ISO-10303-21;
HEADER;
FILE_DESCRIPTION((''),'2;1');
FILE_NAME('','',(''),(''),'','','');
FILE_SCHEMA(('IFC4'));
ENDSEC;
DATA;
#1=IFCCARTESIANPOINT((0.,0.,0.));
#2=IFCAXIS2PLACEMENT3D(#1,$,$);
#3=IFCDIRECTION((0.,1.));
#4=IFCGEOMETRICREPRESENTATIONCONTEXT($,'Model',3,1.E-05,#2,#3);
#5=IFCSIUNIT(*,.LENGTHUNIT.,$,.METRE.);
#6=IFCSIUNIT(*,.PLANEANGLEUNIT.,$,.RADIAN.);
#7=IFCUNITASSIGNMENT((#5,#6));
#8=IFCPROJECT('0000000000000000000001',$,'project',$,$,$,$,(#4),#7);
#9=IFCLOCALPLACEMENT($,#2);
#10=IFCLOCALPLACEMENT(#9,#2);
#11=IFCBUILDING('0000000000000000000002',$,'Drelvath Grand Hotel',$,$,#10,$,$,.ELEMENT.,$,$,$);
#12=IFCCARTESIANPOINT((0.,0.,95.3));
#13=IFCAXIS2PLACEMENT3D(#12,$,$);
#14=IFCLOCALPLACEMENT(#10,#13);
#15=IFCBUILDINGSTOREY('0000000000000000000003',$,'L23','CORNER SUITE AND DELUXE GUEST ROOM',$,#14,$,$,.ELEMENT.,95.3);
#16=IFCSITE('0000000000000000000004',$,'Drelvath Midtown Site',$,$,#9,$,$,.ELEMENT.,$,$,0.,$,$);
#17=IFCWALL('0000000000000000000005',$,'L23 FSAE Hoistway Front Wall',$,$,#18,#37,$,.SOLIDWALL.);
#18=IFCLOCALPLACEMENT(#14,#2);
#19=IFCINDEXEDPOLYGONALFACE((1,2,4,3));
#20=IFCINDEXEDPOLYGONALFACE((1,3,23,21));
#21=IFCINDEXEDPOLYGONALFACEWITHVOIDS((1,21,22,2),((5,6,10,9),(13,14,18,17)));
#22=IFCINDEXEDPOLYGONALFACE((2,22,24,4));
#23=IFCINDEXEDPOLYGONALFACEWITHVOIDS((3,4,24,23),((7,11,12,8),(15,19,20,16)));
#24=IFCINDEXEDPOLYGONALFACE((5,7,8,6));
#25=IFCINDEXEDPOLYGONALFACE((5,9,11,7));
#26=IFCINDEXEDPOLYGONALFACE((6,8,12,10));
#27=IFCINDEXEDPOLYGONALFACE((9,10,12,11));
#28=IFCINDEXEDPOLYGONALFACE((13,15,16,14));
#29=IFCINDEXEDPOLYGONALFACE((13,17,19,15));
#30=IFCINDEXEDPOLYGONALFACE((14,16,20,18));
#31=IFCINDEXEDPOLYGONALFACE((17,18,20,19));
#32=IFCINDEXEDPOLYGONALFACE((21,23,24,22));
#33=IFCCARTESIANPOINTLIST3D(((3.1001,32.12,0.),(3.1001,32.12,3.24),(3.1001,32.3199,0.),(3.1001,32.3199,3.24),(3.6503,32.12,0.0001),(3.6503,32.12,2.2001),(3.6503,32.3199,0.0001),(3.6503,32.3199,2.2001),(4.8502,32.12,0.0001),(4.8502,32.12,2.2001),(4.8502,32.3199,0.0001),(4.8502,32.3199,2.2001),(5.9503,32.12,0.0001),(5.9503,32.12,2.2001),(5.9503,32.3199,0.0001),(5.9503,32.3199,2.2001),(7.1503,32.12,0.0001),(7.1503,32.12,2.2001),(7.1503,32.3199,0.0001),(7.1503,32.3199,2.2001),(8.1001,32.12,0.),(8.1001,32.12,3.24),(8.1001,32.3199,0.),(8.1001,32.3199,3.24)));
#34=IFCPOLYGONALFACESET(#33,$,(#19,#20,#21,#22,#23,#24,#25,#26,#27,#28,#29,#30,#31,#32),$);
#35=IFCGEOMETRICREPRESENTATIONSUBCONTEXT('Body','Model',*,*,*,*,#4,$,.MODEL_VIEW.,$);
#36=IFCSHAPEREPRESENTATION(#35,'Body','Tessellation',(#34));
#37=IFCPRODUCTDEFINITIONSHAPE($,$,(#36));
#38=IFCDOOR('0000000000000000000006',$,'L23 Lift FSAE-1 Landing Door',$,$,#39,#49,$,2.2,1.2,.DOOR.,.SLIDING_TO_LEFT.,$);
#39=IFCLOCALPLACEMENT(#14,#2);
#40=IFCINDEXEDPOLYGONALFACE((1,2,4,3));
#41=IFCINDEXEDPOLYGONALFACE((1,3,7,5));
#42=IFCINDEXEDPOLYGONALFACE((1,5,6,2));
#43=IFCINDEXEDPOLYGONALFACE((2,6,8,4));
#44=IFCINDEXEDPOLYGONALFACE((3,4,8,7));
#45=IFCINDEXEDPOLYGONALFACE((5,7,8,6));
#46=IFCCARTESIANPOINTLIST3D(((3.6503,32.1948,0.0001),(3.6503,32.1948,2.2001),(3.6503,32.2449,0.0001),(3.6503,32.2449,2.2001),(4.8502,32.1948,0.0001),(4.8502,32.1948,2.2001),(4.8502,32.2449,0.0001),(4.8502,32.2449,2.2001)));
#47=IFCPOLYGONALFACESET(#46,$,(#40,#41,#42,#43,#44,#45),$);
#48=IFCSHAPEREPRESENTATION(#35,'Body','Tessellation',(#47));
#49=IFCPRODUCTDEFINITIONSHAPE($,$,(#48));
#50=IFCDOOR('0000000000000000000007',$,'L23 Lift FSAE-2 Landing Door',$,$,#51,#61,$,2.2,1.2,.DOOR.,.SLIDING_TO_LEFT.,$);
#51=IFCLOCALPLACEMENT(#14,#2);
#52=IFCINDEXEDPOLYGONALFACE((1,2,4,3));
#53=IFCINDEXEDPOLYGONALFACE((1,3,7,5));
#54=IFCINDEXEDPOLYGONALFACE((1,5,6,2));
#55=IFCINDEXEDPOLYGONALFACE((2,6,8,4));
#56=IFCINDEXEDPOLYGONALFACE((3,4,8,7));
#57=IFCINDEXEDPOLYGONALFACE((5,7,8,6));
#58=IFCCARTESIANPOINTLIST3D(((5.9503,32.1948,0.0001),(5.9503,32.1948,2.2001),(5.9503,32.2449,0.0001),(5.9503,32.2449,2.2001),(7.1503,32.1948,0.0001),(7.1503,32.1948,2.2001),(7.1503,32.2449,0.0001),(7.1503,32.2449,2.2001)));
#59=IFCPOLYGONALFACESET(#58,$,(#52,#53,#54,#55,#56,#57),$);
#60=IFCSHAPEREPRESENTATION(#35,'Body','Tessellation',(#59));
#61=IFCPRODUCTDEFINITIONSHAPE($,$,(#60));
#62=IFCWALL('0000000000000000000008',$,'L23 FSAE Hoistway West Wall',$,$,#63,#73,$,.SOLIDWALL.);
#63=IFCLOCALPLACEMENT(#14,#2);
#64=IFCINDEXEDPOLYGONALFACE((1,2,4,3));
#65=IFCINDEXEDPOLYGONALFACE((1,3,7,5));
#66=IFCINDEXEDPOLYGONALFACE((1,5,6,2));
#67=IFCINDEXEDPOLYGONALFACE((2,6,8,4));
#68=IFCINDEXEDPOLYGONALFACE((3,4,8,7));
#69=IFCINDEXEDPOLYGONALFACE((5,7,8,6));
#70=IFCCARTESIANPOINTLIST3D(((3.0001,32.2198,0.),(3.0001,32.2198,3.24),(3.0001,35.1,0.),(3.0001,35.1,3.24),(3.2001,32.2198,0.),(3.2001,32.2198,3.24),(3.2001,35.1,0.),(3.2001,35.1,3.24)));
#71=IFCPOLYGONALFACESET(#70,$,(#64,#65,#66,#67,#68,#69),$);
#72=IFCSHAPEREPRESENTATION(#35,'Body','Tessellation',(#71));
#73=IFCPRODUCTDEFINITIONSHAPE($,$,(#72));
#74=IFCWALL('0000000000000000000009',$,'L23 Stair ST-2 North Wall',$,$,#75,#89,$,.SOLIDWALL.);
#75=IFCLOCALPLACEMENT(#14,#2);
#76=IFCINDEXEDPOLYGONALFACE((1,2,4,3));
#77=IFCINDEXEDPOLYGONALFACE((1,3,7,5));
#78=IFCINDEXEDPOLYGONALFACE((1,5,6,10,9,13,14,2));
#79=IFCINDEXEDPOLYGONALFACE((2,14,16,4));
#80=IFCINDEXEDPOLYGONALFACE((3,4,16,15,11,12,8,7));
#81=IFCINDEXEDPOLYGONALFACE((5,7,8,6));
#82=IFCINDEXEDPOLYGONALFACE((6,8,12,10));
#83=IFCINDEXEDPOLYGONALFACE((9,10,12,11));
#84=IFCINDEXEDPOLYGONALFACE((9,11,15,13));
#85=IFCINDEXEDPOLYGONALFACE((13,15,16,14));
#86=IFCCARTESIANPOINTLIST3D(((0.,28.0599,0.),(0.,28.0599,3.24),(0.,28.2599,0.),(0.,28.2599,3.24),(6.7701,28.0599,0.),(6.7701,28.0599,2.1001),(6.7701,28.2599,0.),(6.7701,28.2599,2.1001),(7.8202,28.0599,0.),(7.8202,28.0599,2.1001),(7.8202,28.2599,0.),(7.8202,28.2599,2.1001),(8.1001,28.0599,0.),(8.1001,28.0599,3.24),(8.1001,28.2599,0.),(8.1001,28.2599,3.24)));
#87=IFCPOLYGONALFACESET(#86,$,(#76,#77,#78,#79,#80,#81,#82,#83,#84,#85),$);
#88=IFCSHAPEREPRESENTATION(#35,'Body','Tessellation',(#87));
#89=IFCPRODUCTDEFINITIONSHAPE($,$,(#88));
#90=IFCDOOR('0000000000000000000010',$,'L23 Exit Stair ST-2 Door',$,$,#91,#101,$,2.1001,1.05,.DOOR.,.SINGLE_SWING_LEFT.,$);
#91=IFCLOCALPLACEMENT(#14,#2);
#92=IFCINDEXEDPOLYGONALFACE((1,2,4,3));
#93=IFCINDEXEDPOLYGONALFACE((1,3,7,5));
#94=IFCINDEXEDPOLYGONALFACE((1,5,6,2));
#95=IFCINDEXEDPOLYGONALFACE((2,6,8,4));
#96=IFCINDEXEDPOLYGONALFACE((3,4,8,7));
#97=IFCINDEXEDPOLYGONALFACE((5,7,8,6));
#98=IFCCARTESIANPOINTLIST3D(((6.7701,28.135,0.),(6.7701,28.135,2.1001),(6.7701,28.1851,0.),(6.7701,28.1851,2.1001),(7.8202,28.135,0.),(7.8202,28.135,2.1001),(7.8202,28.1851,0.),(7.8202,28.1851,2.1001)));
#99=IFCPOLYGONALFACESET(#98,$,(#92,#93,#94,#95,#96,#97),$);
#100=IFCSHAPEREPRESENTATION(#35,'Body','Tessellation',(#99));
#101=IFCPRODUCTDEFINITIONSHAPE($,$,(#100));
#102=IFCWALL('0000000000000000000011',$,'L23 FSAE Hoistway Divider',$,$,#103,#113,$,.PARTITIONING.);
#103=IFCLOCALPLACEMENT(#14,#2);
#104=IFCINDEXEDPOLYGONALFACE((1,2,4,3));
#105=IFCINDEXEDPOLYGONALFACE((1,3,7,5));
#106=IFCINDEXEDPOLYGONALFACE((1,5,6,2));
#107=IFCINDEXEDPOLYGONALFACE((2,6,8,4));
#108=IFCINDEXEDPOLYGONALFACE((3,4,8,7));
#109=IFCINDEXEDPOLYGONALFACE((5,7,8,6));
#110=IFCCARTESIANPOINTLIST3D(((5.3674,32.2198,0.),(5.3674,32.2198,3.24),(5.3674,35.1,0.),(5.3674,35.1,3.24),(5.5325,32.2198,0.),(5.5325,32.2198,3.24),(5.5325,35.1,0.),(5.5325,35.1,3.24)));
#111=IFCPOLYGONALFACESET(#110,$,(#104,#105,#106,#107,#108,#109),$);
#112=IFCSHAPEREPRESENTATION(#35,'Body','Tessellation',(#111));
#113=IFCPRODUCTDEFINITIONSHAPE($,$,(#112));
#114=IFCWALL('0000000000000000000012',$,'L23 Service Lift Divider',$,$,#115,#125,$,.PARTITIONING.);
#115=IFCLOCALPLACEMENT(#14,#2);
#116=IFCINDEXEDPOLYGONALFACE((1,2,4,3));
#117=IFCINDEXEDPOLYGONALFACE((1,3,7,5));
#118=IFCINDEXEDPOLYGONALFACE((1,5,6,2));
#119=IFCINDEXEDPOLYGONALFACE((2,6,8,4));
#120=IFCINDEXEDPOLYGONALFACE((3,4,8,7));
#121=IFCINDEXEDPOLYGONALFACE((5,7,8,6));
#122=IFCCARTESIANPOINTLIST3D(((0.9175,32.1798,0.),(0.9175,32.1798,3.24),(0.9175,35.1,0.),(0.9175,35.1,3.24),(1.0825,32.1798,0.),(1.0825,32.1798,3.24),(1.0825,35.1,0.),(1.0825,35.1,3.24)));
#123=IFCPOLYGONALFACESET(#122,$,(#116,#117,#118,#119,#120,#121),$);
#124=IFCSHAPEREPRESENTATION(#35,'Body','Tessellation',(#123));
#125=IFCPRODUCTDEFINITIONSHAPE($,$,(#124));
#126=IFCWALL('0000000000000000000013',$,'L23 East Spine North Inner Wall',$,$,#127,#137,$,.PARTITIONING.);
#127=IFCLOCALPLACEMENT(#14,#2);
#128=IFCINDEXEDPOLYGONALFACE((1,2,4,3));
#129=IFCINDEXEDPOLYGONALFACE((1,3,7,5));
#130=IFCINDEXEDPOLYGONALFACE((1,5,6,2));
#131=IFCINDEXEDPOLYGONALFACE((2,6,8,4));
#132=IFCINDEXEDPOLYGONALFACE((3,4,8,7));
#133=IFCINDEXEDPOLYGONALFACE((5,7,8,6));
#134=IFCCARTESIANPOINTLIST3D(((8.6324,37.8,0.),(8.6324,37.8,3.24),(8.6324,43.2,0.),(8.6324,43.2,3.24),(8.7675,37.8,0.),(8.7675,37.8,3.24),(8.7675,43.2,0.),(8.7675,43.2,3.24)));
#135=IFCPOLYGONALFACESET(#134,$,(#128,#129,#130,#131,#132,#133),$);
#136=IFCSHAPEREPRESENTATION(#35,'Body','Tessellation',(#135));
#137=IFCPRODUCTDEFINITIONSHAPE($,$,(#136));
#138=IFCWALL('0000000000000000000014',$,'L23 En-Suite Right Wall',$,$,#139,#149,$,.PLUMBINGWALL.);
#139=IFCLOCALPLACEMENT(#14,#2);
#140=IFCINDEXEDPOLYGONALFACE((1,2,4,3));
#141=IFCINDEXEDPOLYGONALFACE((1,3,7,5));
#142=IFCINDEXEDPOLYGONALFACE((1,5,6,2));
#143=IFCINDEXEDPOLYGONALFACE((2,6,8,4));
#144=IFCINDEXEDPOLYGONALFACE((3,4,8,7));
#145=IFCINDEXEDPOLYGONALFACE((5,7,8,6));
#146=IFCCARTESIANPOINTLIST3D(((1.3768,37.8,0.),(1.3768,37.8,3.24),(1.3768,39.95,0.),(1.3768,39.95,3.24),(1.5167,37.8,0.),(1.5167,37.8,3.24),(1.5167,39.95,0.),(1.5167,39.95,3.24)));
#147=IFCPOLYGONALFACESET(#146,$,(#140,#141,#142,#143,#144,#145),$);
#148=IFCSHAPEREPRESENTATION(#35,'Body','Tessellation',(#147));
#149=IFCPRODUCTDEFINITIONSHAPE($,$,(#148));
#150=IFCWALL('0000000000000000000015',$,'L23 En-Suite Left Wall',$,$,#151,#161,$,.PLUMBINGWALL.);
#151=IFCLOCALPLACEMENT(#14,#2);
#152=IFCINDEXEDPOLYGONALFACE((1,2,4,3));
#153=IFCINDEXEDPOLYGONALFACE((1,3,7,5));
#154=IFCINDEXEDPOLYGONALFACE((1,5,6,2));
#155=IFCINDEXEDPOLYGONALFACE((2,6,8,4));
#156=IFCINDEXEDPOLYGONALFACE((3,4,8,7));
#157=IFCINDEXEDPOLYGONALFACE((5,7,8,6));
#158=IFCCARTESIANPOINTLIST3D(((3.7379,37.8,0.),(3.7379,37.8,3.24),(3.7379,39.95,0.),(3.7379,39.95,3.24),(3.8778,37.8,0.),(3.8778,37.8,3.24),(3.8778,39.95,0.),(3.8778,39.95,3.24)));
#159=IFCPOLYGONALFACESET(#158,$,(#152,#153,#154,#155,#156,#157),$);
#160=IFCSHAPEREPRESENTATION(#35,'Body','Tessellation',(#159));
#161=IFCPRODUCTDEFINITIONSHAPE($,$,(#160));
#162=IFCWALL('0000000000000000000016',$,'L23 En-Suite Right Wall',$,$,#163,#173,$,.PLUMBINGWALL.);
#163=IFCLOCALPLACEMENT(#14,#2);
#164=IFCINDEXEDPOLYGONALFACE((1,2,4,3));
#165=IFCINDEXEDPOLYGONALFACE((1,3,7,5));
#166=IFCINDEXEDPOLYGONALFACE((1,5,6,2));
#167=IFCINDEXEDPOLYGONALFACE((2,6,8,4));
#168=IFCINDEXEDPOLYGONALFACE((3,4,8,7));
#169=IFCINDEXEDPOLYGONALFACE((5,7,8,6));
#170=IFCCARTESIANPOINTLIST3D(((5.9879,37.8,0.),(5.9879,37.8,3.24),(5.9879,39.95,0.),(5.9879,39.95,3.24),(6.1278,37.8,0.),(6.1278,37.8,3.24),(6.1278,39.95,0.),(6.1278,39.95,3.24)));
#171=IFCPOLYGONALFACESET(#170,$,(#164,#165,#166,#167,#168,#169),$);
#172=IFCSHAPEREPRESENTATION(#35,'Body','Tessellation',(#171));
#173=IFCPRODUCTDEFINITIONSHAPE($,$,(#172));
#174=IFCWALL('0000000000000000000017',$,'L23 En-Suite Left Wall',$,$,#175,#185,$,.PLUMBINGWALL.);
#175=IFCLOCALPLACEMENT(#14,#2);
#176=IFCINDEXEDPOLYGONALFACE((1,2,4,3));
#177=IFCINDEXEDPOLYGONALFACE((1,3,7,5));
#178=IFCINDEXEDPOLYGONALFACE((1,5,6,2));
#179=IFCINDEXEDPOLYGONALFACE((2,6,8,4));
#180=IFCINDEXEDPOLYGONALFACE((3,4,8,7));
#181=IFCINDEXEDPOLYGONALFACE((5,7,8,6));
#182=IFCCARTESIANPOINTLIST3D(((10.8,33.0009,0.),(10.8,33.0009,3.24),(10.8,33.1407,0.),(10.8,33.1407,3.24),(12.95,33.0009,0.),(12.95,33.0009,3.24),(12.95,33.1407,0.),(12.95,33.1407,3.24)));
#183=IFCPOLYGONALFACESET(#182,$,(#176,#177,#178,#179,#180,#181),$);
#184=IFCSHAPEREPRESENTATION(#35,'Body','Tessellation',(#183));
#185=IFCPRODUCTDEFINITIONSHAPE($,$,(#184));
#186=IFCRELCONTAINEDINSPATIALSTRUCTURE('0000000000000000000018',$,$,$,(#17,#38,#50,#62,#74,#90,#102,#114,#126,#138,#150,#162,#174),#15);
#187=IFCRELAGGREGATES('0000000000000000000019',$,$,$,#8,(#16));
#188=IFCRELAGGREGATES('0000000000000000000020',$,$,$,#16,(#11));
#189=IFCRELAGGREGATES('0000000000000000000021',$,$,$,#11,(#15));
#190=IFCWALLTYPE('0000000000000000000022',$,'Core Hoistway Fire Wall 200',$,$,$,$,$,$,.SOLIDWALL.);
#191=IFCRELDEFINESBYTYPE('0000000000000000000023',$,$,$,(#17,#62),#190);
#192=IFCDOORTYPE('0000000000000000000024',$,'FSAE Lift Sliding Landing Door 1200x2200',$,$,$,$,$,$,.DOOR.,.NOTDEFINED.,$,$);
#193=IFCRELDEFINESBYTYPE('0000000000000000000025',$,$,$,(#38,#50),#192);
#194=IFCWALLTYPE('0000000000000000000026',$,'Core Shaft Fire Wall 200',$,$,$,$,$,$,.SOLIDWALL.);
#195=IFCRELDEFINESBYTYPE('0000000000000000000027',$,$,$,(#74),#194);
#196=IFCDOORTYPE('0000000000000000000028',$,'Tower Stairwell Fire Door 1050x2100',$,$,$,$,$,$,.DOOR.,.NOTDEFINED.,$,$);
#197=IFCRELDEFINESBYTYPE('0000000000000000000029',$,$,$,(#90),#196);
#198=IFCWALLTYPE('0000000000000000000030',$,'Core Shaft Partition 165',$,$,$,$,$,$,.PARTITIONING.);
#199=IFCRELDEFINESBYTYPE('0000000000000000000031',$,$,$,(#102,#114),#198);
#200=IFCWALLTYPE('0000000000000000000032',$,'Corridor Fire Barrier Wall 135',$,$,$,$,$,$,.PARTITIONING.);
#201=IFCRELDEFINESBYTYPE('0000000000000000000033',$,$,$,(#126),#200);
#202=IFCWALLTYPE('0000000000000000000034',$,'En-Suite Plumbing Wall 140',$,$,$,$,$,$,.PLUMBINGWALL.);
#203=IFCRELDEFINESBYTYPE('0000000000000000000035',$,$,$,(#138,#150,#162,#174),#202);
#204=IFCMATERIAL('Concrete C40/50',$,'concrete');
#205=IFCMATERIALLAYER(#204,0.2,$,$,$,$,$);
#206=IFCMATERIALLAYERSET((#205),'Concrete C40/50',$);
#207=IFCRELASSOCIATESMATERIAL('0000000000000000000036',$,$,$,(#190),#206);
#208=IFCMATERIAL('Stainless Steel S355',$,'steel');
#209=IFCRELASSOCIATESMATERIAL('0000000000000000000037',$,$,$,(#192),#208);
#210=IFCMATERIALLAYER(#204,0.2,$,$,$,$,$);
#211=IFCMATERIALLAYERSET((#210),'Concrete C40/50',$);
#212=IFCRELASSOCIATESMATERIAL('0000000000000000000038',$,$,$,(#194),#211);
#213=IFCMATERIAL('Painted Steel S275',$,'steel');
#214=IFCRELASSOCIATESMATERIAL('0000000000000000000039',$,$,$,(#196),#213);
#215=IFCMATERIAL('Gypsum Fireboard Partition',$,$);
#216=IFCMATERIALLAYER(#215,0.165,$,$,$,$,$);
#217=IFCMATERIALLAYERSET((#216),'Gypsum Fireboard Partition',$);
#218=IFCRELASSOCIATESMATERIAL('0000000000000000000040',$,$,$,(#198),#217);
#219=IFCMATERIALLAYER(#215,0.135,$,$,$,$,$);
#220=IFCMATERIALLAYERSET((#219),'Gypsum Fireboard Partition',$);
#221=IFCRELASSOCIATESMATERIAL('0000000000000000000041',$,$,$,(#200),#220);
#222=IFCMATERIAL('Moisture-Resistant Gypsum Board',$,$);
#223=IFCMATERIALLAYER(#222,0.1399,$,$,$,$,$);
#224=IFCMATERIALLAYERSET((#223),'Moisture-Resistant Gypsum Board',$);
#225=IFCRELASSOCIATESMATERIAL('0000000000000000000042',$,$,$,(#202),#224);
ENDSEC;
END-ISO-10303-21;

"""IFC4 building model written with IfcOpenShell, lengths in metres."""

from ifc_helpers import new_model, si_unit, direction, frame, frame_2d, origin, place, context, subcontext, project, spatial, rectangle, extrude, material, layer, layer_set, type_object, element, fill, save


model = new_model("IFC4")

# Units and contexts
model_context = context("Model", 3, precision=1e-05, world=origin(), true_north=direction((0.0, 1.0)))
body_context = subcontext(model_context, "Body", "Model", "MODEL_VIEW")
ifc_project = project(units=[si_unit("LENGTHUNIT", "METRE"), si_unit("PLANEANGLEUNIT", "RADIAN")], contexts=[model_context])

# Site, building, storey
site_placement = place(None, origin())
site = spatial("IfcSite", under=ifc_project, at=site_placement, Name="Drelvath Midtown Site", CompositionType="ELEMENT", RefElevation=0.0)
building_placement = place(site_placement, origin())
building = spatial("IfcBuilding", under=site, at=building_placement, Name="Drelvath Grand Hotel", CompositionType="ELEMENT")
storey_placement = place(building_placement, frame((0.0, 0.0, 95.3)))
storey = spatial("IfcBuildingStorey", under=building, at=storey_placement, Name="L23", Description="CORNER SUITE AND DELUXE GUEST ROOM", CompositionType="ELEMENT", Elevation=95.3)

# Wall, openings, doors
ifc_material_1 = material(Name="Concrete C40/50", Category="concrete")
ifc_layer_1 = layer(ifc_material_1, 0.2)
ifc_layer_set_1 = layer_set([ifc_layer_1], Name="Concrete C40/50")
wall_type_1 = type_object("IfcWallType", Name="Core Hoistway Fire Wall 200", PredefinedType="SOLIDWALL", material=ifc_layer_set_1)
wall_1_placement = place(storey_placement, frame((3.1001, 32.22, 0.0), z_axis=(0.0, 0.0, 1.0), x_axis=(1.0, 0.0, 0.0)))
wall_1 = element("IfcWall", 1, at=wall_1_placement, inside=storey, type_object=wall_type_1, Name="L23 FSAE Hoistway Front Wall", PredefinedType="SOLIDWALL", context=body_context, shape_type="SweptSolid", body=[
    extrude(rectangle(XDim=5.0, YDim=0.2, at=frame_2d((2.5, 0.0))), origin(), (0.0, 0.0, 1.0), 3.24),
])
opening_1_placement = place(wall_1_placement, frame((0.55, 0.0, 0.0)))
opening_1 = element("IfcOpeningElement", 2, at=opening_1_placement, cuts=wall_1, PredefinedType="OPENING", context=body_context, shape_type="SweptSolid", body=[
    extrude(rectangle(XDim=1.2, YDim=2.2, at=frame_2d((0.6001, 1.1001))), frame((0.0, 0.1099, 0.0), z_axis=(0.0, -1.0, 0.0), x_axis=(1.0, 0.0, 0.0)), (0.0, 0.0, 1.0), 0.22),
])
opening_2_placement = place(wall_1_placement, frame((2.8501, 0.0, 0.0)))
opening_2 = element("IfcOpeningElement", 3, at=opening_2_placement, cuts=wall_1, PredefinedType="OPENING", context=body_context, shape_type="SweptSolid", body=[
    extrude(rectangle(XDim=1.2, YDim=2.2, at=frame_2d((0.6001, 1.1001))), frame((0.0, 0.1099, 0.0), z_axis=(0.0, -1.0, 0.0), x_axis=(1.0, 0.0, 0.0)), (0.0, 0.0, 1.0), 0.22),
])
ifc_material_2 = material(Name="Stainless Steel S355", Category="steel")
door_type_1 = type_object("IfcDoorType", Name="FSAE Lift Sliding Landing Door 1200x2200", OperationType="NOTDEFINED", PredefinedType="DOOR", material=ifc_material_2)
door_1_placement = place(opening_1_placement, origin())
door_1 = element("IfcDoor", 4, at=door_1_placement, inside=storey, type_object=door_type_1, Name="L23 Lift FSAE-1 Landing Door", OperationType="SLIDING_TO_LEFT", OverallHeight=2.2, OverallWidth=1.2, PredefinedType="DOOR", context=body_context, shape_type="SweptSolid", body=[
    extrude(rectangle(XDim=1.2, YDim=2.2, at=frame_2d((0.6001, 1.1001))), frame((0.0, 0.0249, 0.0), z_axis=(0.0, -1.0, 0.0), x_axis=(1.0, 0.0, 0.0)), (0.0, 0.0, 1.0), 0.05),
])
fill(opening_1, door_1)
door_2_placement = place(opening_2_placement, origin())
door_2 = element("IfcDoor", 5, at=door_2_placement, inside=storey, type_object=door_type_1, Name="L23 Lift FSAE-2 Landing Door", OperationType="SLIDING_TO_LEFT", OverallHeight=2.2, OverallWidth=1.2, PredefinedType="DOOR", context=body_context, shape_type="SweptSolid", body=[
    extrude(rectangle(XDim=1.2, YDim=2.2, at=frame_2d((0.6001, 1.1001))), frame((0.0, 0.0249, 0.0), z_axis=(0.0, -1.0, 0.0), x_axis=(1.0, 0.0, 0.0)), (0.0, 0.0, 1.0), 0.05),
])
fill(opening_2, door_2)

# Wall
wall_2_placement = place(storey_placement, frame((3.1001, 32.22, 0.0), z_axis=(0.0, 0.0, 1.0), x_axis=(0.0, 1.0, 0.0)))
element("IfcWall", 6, at=wall_2_placement, inside=storey, type_object=wall_type_1, Name="L23 FSAE Hoistway West Wall", PredefinedType="SOLIDWALL", context=body_context, shape_type="SweptSolid", body=[
    extrude(rectangle(XDim=2.8801, YDim=0.2, at=frame_2d((1.4399, 0.0))), origin(), (0.0, 0.0, 1.0), 3.24),
])

# Wall, opening, door
ifc_layer_2 = layer(ifc_material_1, 0.2)
ifc_layer_set_2 = layer_set([ifc_layer_2], Name="Concrete C40/50")
wall_type_2 = type_object("IfcWallType", Name="Core Shaft Fire Wall 200", PredefinedType="SOLIDWALL", material=ifc_layer_set_2)
wall_3_placement = place(storey_placement, frame((8.1001, 28.1599, 0.0), z_axis=(0.0, 0.0, 1.0), x_axis=(-1.0, 0.0, 0.0)))
wall_3 = element("IfcWall", 7, at=wall_3_placement, inside=storey, type_object=wall_type_2, Name="L23 Stair ST-2 North Wall", PredefinedType="SOLIDWALL", context=body_context, shape_type="SweptSolid", body=[
    extrude(rectangle(XDim=8.1001, YDim=0.2, at=frame_2d((4.05, 0.0))), origin(), (0.0, 0.0, 1.0), 3.24),
])
opening_3_placement = place(wall_3_placement, frame((0.28, 0.0, 0.0)))
opening_3 = element("IfcOpeningElement", 8, at=opening_3_placement, cuts=wall_3, PredefinedType="OPENING", context=body_context, shape_type="SweptSolid", body=[
    extrude(rectangle(XDim=1.05, YDim=2.1001, at=frame_2d((0.5249, 1.05))), frame((0.0, 0.1099, 0.0), z_axis=(0.0, -1.0, 0.0), x_axis=(1.0, 0.0, 0.0)), (0.0, 0.0, 1.0), 0.22),
])
ifc_material_3 = material(Name="Painted Steel S275", Category="steel")
door_type_2 = type_object("IfcDoorType", Name="Tower Stairwell Fire Door 1050x2100", OperationType="NOTDEFINED", PredefinedType="DOOR", material=ifc_material_3)
door_3_placement = place(opening_3_placement, origin())
door_3 = element("IfcDoor", 9, at=door_3_placement, inside=storey, type_object=door_type_2, Name="L23 Exit Stair ST-2 Door", OperationType="SINGLE_SWING_LEFT", OverallHeight=2.1001, OverallWidth=1.05, PredefinedType="DOOR", context=body_context, shape_type="SweptSolid", body=[
    extrude(rectangle(XDim=1.05, YDim=2.1001, at=frame_2d((0.5249, 1.05))), frame((0.0, 0.0249, 0.0), z_axis=(0.0, -1.0, 0.0), x_axis=(1.0, 0.0, 0.0)), (0.0, 0.0, 1.0), 0.05),
])
fill(opening_3, door_3)

# Walls
ifc_material_4 = material(Name="Gypsum Fireboard Partition")
ifc_layer_3 = layer(ifc_material_4, 0.165)
ifc_layer_set_3 = layer_set([ifc_layer_3], Name="Gypsum Fireboard Partition")
wall_type_3 = type_object("IfcWallType", Name="Core Shaft Partition 165", PredefinedType="PARTITIONING", material=ifc_layer_set_3)
wall_4_placement = place(storey_placement, frame((5.45, 32.22, 0.0), z_axis=(0.0, 0.0, 1.0), x_axis=(0.0, 1.0, 0.0)))
element("IfcWall", 10, at=wall_4_placement, inside=storey, type_object=wall_type_3, Name="L23 FSAE Hoistway Divider", PredefinedType="PARTITIONING", context=body_context, shape_type="SweptSolid", body=[
    extrude(rectangle(XDim=2.8801, YDim=0.165, at=frame_2d((1.4399, 0.0))), origin(), (0.0, 0.0, 1.0), 3.24),
])
wall_5_placement = place(storey_placement, frame((1.0, 32.1799, 0.0), z_axis=(0.0, 0.0, 1.0), x_axis=(0.0, 1.0, 0.0)))
element("IfcWall", 11, at=wall_5_placement, inside=storey, type_object=wall_type_3, Name="L23 Service Lift Divider", PredefinedType="PARTITIONING", context=body_context, shape_type="SweptSolid", body=[
    extrude(rectangle(XDim=2.9202, YDim=0.165, at=frame_2d((1.46, 0.0))), origin(), (0.0, 0.0, 1.0), 3.24),
])
ifc_layer_4 = layer(ifc_material_4, 0.135)
ifc_layer_set_4 = layer_set([ifc_layer_4], Name="Gypsum Fireboard Partition")
wall_type_4 = type_object("IfcWallType", Name="Corridor Fire Barrier Wall 135", PredefinedType="PARTITIONING", material=ifc_layer_set_4)
wall_6_placement = place(storey_placement, frame((8.7, 37.8, 0.0), z_axis=(0.0, 0.0, 1.0), x_axis=(0.0, 1.0, 0.0)))
element("IfcWall", 12, at=wall_6_placement, inside=storey, type_object=wall_type_4, Name="L23 East Spine North Inner Wall", PredefinedType="PARTITIONING", context=body_context, shape_type="SweptSolid", body=[
    extrude(rectangle(XDim=5.3999, YDim=0.135, at=frame_2d((2.7, 0.0))), origin(), (0.0, 0.0, 1.0), 3.24),
])
ifc_material_5 = material(Name="Moisture-Resistant Gypsum Board")
ifc_layer_5 = layer(ifc_material_5, 0.1399)
ifc_layer_set_5 = layer_set([ifc_layer_5], Name="Moisture-Resistant Gypsum Board")
wall_type_5 = type_object("IfcWallType", Name="En-Suite Plumbing Wall 140", PredefinedType="PLUMBINGWALL", material=ifc_layer_set_5)
for number, where, z_axis, x_axis, name in (
    (13, (1.4468, 37.8, 0.0), (0.0, 0.0, 1.0), (0.0, 1.0, 0.0), "L23 En-Suite Right Wall"),
    (14, (3.8079, 37.8, 0.0), (0.0, 0.0, 1.0), (0.0, 1.0, 0.0), "L23 En-Suite Left Wall"),
    (15, (6.0579, 37.8, 0.0), (0.0, 0.0, 1.0), (0.0, 1.0, 0.0), "L23 En-Suite Right Wall"),
    (16, (10.8, 33.0708, 0.0), (0.0, 0.0, 1.0), (1.0, 0.0, 0.0), "L23 En-Suite Left Wall"),
):
    element("IfcWall", number, at=place(storey_placement, frame(where, z_axis=z_axis, x_axis=x_axis)), inside=storey, type_object=wall_type_5, Name=name, PredefinedType="PLUMBINGWALL", context=body_context, shape_type="SweptSolid", body=[
        extrude(rectangle(XDim=2.1499, YDim=0.1399, at=frame_2d((1.075, 0.0))), origin(), (0.0, 0.0, 1.0), 3.24),
    ])

save(model, "model.ifc")
